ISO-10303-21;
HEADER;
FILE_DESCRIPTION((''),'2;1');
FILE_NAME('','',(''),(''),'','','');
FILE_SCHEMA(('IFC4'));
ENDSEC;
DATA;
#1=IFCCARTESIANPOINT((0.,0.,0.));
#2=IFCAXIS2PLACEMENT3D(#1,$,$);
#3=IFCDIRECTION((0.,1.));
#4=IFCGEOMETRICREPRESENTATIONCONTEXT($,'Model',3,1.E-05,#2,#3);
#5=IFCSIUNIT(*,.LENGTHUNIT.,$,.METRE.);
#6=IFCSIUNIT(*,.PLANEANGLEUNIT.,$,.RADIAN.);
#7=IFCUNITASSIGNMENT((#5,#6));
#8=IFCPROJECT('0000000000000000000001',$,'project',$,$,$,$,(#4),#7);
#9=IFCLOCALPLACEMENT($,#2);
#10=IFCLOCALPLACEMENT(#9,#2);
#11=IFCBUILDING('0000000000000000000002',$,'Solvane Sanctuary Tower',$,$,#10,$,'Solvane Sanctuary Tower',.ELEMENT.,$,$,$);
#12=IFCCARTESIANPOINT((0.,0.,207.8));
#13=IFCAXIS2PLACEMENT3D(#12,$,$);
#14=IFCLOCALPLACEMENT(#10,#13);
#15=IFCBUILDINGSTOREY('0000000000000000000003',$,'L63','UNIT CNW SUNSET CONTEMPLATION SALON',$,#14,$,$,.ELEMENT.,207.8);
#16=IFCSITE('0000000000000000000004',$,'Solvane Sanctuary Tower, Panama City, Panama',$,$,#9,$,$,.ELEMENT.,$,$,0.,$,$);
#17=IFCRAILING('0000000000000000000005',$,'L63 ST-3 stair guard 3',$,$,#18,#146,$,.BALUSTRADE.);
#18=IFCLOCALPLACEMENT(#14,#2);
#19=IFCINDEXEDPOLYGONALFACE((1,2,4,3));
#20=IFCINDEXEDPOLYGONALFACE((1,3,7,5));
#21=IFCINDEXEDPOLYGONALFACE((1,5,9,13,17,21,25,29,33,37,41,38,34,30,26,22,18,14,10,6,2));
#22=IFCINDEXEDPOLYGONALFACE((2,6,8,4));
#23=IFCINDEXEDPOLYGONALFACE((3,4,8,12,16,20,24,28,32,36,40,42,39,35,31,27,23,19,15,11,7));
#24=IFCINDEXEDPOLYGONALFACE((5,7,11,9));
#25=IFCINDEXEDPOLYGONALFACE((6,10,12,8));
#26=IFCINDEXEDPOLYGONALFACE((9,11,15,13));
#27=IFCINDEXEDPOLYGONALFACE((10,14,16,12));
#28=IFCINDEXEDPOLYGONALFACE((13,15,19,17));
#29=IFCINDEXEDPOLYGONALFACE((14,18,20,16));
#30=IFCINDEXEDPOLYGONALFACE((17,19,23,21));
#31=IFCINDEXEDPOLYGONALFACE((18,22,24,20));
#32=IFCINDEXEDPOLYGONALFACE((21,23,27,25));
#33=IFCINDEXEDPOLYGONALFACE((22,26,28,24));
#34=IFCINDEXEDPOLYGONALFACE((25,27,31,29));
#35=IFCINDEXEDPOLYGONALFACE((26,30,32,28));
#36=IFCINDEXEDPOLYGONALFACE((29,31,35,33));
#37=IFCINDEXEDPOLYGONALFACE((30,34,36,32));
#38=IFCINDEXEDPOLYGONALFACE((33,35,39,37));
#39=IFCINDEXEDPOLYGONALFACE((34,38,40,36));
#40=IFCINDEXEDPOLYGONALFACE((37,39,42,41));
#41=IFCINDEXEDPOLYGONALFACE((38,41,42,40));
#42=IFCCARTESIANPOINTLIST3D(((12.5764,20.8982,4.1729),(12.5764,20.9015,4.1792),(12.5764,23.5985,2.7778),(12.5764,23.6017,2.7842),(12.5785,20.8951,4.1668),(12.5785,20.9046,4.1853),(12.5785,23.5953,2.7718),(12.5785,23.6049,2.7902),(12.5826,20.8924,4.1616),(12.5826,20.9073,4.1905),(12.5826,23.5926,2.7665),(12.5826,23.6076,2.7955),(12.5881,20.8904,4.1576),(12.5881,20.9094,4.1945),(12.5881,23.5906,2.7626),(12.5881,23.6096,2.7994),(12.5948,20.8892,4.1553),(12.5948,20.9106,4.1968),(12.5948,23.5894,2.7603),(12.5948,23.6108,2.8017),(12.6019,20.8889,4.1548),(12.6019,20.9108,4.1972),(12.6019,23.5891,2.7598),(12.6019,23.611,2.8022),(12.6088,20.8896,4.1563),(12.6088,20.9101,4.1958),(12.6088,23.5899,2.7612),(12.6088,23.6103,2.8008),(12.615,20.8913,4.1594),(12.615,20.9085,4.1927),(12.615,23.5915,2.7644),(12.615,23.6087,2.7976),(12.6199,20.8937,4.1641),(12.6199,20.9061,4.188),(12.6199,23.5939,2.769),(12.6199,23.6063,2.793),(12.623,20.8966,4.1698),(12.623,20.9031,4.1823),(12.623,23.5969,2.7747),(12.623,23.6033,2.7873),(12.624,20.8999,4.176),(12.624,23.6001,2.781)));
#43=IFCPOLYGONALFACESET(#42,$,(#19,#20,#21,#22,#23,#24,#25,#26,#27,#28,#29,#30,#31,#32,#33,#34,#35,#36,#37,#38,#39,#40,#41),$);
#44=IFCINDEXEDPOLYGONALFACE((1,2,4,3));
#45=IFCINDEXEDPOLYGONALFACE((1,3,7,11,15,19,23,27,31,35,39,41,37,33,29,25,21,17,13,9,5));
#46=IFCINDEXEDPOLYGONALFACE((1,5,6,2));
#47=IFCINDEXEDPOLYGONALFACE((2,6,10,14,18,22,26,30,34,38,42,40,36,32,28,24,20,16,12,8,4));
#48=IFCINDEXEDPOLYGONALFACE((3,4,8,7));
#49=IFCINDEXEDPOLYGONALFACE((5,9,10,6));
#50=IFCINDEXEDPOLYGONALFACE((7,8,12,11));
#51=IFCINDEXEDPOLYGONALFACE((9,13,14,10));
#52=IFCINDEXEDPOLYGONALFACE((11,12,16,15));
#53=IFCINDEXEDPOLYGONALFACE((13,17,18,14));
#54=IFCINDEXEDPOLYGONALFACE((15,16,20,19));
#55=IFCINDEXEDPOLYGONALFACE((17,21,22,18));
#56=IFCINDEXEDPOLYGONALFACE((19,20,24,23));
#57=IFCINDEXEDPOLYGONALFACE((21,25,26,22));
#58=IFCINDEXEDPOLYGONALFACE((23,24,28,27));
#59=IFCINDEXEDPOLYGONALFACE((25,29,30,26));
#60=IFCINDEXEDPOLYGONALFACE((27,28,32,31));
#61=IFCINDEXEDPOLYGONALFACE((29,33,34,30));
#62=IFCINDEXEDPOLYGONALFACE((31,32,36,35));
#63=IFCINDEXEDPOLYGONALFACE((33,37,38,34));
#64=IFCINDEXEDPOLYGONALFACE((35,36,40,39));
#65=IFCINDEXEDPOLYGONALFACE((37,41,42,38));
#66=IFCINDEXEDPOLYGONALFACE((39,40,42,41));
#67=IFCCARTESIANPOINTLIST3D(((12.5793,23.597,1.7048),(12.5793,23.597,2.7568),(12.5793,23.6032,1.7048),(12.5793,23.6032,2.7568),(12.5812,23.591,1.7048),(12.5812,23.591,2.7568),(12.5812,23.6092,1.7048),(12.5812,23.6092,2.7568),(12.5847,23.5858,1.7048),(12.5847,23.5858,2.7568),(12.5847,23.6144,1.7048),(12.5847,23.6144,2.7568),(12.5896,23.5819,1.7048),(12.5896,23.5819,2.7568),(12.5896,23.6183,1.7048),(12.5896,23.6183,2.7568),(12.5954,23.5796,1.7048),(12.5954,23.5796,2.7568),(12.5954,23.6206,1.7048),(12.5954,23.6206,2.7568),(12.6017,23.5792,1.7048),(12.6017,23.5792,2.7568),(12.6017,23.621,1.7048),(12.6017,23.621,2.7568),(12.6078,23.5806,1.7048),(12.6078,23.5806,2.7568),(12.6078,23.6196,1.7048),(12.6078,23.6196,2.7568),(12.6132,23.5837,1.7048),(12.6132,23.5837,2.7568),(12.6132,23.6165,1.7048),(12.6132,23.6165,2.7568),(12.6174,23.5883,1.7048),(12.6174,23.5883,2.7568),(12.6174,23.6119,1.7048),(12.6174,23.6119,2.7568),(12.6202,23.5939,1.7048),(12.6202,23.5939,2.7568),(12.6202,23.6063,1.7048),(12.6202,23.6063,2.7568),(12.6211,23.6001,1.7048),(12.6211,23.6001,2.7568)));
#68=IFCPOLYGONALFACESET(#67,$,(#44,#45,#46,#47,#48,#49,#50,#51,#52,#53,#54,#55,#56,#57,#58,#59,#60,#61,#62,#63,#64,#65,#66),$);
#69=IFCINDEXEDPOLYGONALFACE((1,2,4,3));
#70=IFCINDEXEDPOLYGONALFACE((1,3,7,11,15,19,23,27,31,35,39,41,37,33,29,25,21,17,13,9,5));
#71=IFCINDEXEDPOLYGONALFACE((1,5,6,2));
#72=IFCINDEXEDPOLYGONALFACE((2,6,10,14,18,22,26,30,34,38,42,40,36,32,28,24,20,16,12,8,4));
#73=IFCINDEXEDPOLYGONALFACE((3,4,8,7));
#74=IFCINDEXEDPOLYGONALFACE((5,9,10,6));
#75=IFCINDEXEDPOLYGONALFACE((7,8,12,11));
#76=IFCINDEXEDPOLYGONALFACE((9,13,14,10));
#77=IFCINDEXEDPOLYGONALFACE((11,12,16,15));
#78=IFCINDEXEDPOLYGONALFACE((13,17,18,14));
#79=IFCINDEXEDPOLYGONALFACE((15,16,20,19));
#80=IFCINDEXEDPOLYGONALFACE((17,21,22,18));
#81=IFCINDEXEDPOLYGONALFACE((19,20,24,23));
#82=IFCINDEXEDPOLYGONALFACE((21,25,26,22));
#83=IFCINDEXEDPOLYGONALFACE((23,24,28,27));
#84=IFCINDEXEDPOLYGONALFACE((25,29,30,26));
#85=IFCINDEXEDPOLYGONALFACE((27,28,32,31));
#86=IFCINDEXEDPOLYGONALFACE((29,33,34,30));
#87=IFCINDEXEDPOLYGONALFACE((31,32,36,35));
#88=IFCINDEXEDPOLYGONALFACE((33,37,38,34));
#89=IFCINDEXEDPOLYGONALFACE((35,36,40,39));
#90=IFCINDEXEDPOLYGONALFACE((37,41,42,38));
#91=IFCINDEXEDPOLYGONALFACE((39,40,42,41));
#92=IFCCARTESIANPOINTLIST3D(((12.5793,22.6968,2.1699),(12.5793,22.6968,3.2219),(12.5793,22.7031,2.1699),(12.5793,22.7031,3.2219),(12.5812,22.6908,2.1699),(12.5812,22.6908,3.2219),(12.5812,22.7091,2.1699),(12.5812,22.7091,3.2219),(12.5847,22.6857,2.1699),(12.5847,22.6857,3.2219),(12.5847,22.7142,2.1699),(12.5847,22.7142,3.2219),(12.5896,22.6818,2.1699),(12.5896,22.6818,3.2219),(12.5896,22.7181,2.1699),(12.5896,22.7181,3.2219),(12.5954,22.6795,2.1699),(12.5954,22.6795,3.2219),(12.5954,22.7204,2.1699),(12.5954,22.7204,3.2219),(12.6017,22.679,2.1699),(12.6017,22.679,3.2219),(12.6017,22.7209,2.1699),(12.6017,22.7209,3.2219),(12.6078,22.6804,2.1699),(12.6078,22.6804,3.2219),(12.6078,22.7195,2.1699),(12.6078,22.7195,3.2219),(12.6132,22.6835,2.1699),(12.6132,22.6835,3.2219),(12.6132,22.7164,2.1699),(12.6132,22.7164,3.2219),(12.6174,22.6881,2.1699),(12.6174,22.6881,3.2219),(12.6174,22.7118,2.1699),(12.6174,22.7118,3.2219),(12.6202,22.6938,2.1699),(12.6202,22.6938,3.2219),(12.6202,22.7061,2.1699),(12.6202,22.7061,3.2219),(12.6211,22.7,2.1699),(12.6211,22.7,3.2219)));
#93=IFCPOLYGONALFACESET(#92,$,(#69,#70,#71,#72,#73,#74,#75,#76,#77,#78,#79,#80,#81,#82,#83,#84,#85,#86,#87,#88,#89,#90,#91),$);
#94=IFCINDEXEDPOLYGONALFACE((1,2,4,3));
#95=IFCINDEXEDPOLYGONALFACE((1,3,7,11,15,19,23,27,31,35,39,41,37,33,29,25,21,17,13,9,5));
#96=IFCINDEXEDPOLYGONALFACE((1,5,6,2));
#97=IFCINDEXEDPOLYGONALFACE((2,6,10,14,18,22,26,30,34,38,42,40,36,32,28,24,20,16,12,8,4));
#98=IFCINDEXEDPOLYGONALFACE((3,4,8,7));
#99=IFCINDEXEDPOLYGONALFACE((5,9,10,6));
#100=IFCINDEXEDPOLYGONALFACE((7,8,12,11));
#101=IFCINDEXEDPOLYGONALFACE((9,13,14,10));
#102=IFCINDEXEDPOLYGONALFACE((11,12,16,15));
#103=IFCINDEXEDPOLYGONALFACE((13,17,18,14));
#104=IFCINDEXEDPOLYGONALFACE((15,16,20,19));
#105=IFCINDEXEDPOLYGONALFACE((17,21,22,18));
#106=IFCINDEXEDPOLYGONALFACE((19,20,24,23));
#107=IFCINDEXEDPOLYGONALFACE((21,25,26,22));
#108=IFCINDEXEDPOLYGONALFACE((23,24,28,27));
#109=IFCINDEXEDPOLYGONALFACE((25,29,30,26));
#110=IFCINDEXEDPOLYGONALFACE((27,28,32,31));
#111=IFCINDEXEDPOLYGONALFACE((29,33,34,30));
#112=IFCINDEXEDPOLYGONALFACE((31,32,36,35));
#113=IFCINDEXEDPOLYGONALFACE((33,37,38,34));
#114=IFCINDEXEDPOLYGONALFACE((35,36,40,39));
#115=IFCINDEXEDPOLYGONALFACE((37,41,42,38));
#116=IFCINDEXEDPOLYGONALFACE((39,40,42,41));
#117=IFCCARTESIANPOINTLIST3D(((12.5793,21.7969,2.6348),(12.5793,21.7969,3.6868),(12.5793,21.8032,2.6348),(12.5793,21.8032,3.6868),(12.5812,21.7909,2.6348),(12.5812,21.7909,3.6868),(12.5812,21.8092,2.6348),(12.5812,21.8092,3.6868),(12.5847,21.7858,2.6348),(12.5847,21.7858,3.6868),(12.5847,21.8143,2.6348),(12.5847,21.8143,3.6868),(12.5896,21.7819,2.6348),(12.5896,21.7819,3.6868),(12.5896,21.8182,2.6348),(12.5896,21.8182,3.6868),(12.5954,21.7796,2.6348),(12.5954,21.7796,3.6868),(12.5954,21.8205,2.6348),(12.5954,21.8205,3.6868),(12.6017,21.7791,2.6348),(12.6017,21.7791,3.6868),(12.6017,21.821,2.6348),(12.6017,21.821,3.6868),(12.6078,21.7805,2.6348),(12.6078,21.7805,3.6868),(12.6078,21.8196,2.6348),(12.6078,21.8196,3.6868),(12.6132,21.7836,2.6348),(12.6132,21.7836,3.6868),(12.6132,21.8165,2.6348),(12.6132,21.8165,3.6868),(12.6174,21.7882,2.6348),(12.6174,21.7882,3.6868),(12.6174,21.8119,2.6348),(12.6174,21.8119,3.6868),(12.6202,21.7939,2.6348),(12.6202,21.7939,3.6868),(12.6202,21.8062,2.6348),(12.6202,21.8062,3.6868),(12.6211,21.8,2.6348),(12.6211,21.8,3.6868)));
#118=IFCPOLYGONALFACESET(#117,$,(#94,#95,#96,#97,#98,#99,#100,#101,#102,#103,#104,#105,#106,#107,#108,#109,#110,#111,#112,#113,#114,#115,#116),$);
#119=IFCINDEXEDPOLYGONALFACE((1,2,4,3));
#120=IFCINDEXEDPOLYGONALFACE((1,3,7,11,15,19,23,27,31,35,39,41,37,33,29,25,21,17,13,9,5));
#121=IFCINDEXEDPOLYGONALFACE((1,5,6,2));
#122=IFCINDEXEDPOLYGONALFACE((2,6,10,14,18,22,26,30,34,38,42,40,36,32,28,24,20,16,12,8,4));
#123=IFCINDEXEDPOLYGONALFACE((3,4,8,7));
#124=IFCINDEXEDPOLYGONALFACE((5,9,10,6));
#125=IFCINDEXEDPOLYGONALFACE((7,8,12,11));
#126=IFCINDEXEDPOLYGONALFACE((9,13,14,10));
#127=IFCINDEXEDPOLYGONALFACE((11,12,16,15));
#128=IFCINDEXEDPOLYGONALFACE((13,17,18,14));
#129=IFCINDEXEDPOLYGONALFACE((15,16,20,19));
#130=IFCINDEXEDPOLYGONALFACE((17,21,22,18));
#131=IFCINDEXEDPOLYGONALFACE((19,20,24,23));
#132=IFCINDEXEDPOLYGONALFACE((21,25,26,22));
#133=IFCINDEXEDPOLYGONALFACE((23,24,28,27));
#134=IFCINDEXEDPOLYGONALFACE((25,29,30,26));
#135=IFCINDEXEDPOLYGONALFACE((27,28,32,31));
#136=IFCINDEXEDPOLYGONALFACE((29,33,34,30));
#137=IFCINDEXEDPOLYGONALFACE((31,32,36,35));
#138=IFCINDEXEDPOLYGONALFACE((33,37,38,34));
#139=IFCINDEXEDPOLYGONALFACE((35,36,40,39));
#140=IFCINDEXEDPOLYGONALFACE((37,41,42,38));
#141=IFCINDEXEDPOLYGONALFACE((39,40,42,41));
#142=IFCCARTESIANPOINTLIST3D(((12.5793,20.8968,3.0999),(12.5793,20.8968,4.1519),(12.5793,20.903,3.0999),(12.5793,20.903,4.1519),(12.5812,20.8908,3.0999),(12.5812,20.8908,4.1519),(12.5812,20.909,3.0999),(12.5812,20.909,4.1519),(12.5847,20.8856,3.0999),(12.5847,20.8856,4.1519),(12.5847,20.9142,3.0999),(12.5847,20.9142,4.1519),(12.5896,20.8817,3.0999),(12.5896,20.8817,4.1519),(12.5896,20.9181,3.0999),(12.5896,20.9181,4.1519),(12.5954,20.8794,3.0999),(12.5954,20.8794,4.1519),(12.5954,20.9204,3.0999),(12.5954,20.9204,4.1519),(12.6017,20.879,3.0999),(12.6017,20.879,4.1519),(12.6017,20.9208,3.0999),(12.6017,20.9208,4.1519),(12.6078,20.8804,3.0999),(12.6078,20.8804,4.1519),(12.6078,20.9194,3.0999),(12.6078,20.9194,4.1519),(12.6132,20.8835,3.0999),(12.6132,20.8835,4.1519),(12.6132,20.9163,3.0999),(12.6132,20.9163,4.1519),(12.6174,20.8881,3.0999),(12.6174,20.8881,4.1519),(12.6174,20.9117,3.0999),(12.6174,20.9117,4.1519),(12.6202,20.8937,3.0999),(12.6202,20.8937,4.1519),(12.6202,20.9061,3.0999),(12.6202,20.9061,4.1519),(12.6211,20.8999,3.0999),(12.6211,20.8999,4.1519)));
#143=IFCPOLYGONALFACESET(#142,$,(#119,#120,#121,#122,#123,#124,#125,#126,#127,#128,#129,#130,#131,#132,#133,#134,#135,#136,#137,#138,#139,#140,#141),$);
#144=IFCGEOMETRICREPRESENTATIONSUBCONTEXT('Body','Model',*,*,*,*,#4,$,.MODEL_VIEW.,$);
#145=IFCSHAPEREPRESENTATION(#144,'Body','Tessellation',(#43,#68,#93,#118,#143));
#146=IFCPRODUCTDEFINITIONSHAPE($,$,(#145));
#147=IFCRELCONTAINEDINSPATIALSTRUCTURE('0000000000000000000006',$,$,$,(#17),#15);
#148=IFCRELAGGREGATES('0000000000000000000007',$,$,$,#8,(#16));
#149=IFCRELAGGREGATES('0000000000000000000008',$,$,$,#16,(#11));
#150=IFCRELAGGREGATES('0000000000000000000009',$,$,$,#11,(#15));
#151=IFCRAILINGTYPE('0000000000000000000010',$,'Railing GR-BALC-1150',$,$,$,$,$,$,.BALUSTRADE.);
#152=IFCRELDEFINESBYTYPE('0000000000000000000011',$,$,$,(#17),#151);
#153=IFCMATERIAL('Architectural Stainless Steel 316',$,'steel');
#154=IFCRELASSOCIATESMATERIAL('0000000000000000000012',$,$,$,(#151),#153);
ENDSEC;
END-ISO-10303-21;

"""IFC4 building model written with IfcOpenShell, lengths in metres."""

from ifc_helpers import new_model, si_unit, direction, frame, origin, origin_2d, place, context, subcontext, project, spatial, circle, extrude, material, type_object, element, save


model = new_model("IFC4")

# Units and contexts
model_context = context("Model", 3, precision=1e-05, world=origin(), true_north=direction((0.0, 1.0)))
body_context = subcontext(model_context, "Body", "Model", "MODEL_VIEW")
ifc_project = project(units=[si_unit("LENGTHUNIT", "METRE"), si_unit("PLANEANGLEUNIT", "RADIAN")], contexts=[model_context])

# Site, building, storey
site_placement = place(None, origin())
site = spatial("IfcSite", under=ifc_project, at=site_placement, Name="Solvane Sanctuary Tower, Panama City, Panama", CompositionType="ELEMENT", RefElevation=0.0)
building_placement = place(site_placement, origin())
building = spatial("IfcBuilding", under=site, at=building_placement, Name="Solvane Sanctuary Tower", LongName="Solvane Sanctuary Tower", CompositionType="ELEMENT")
storey_placement = place(building_placement, frame((0.0, 0.0, 207.8)))
storey = spatial("IfcBuildingStorey", under=building, at=storey_placement, Name="L63", Description="UNIT CNW SUNSET CONTEMPLATION SALON", CompositionType="ELEMENT", Elevation=207.8)

# Shared definitions
ifc_material_1 = material(Name="Architectural Stainless Steel 316", Category="steel")

# Railing
railing_type_1 = type_object("IfcRailingType", Name="Railing GR-BALC-1150", PredefinedType="BALUSTRADE", material=ifc_material_1)
railing_1_placement = place(storey_placement, frame((12.6001, 23.6001, 1.7048)))
element("IfcRailing", 1, at=railing_1_placement, inside=storey, type_object=railing_type_1, Name="L63 ST-3 stair guard 3", PredefinedType="BALUSTRADE", context=body_context, shape_type="SweptSolid", body=[
    extrude(circle(Radius=0.0239, at=origin_2d()), frame((0.0, 0.0, 1.0762), z_axis=(0.0, -0.888437, 0.458999), x_axis=(1.0, 0.0, 0.0)), (0.0, 0.0, 1.0), 3.0393),
    extrude(circle(Radius=0.021, at=origin_2d()), origin(), (0.0, 0.0, 1.0), 1.052),
    extrude(circle(Radius=0.021, at=origin_2d()), frame((0.0, -0.9001, 0.4651)), (0.0, 0.0, 1.0), 1.052),
    extrude(circle(Radius=0.021, at=origin_2d()), frame((0.0, -1.8, 0.9299)), (0.0, 0.0, 1.0), 1.052),
    extrude(circle(Radius=0.021, at=origin_2d()), frame((0.0, -2.7002, 1.395)), (0.0, 0.0, 1.0), 1.052),
])

save(model, "model.ifc")
